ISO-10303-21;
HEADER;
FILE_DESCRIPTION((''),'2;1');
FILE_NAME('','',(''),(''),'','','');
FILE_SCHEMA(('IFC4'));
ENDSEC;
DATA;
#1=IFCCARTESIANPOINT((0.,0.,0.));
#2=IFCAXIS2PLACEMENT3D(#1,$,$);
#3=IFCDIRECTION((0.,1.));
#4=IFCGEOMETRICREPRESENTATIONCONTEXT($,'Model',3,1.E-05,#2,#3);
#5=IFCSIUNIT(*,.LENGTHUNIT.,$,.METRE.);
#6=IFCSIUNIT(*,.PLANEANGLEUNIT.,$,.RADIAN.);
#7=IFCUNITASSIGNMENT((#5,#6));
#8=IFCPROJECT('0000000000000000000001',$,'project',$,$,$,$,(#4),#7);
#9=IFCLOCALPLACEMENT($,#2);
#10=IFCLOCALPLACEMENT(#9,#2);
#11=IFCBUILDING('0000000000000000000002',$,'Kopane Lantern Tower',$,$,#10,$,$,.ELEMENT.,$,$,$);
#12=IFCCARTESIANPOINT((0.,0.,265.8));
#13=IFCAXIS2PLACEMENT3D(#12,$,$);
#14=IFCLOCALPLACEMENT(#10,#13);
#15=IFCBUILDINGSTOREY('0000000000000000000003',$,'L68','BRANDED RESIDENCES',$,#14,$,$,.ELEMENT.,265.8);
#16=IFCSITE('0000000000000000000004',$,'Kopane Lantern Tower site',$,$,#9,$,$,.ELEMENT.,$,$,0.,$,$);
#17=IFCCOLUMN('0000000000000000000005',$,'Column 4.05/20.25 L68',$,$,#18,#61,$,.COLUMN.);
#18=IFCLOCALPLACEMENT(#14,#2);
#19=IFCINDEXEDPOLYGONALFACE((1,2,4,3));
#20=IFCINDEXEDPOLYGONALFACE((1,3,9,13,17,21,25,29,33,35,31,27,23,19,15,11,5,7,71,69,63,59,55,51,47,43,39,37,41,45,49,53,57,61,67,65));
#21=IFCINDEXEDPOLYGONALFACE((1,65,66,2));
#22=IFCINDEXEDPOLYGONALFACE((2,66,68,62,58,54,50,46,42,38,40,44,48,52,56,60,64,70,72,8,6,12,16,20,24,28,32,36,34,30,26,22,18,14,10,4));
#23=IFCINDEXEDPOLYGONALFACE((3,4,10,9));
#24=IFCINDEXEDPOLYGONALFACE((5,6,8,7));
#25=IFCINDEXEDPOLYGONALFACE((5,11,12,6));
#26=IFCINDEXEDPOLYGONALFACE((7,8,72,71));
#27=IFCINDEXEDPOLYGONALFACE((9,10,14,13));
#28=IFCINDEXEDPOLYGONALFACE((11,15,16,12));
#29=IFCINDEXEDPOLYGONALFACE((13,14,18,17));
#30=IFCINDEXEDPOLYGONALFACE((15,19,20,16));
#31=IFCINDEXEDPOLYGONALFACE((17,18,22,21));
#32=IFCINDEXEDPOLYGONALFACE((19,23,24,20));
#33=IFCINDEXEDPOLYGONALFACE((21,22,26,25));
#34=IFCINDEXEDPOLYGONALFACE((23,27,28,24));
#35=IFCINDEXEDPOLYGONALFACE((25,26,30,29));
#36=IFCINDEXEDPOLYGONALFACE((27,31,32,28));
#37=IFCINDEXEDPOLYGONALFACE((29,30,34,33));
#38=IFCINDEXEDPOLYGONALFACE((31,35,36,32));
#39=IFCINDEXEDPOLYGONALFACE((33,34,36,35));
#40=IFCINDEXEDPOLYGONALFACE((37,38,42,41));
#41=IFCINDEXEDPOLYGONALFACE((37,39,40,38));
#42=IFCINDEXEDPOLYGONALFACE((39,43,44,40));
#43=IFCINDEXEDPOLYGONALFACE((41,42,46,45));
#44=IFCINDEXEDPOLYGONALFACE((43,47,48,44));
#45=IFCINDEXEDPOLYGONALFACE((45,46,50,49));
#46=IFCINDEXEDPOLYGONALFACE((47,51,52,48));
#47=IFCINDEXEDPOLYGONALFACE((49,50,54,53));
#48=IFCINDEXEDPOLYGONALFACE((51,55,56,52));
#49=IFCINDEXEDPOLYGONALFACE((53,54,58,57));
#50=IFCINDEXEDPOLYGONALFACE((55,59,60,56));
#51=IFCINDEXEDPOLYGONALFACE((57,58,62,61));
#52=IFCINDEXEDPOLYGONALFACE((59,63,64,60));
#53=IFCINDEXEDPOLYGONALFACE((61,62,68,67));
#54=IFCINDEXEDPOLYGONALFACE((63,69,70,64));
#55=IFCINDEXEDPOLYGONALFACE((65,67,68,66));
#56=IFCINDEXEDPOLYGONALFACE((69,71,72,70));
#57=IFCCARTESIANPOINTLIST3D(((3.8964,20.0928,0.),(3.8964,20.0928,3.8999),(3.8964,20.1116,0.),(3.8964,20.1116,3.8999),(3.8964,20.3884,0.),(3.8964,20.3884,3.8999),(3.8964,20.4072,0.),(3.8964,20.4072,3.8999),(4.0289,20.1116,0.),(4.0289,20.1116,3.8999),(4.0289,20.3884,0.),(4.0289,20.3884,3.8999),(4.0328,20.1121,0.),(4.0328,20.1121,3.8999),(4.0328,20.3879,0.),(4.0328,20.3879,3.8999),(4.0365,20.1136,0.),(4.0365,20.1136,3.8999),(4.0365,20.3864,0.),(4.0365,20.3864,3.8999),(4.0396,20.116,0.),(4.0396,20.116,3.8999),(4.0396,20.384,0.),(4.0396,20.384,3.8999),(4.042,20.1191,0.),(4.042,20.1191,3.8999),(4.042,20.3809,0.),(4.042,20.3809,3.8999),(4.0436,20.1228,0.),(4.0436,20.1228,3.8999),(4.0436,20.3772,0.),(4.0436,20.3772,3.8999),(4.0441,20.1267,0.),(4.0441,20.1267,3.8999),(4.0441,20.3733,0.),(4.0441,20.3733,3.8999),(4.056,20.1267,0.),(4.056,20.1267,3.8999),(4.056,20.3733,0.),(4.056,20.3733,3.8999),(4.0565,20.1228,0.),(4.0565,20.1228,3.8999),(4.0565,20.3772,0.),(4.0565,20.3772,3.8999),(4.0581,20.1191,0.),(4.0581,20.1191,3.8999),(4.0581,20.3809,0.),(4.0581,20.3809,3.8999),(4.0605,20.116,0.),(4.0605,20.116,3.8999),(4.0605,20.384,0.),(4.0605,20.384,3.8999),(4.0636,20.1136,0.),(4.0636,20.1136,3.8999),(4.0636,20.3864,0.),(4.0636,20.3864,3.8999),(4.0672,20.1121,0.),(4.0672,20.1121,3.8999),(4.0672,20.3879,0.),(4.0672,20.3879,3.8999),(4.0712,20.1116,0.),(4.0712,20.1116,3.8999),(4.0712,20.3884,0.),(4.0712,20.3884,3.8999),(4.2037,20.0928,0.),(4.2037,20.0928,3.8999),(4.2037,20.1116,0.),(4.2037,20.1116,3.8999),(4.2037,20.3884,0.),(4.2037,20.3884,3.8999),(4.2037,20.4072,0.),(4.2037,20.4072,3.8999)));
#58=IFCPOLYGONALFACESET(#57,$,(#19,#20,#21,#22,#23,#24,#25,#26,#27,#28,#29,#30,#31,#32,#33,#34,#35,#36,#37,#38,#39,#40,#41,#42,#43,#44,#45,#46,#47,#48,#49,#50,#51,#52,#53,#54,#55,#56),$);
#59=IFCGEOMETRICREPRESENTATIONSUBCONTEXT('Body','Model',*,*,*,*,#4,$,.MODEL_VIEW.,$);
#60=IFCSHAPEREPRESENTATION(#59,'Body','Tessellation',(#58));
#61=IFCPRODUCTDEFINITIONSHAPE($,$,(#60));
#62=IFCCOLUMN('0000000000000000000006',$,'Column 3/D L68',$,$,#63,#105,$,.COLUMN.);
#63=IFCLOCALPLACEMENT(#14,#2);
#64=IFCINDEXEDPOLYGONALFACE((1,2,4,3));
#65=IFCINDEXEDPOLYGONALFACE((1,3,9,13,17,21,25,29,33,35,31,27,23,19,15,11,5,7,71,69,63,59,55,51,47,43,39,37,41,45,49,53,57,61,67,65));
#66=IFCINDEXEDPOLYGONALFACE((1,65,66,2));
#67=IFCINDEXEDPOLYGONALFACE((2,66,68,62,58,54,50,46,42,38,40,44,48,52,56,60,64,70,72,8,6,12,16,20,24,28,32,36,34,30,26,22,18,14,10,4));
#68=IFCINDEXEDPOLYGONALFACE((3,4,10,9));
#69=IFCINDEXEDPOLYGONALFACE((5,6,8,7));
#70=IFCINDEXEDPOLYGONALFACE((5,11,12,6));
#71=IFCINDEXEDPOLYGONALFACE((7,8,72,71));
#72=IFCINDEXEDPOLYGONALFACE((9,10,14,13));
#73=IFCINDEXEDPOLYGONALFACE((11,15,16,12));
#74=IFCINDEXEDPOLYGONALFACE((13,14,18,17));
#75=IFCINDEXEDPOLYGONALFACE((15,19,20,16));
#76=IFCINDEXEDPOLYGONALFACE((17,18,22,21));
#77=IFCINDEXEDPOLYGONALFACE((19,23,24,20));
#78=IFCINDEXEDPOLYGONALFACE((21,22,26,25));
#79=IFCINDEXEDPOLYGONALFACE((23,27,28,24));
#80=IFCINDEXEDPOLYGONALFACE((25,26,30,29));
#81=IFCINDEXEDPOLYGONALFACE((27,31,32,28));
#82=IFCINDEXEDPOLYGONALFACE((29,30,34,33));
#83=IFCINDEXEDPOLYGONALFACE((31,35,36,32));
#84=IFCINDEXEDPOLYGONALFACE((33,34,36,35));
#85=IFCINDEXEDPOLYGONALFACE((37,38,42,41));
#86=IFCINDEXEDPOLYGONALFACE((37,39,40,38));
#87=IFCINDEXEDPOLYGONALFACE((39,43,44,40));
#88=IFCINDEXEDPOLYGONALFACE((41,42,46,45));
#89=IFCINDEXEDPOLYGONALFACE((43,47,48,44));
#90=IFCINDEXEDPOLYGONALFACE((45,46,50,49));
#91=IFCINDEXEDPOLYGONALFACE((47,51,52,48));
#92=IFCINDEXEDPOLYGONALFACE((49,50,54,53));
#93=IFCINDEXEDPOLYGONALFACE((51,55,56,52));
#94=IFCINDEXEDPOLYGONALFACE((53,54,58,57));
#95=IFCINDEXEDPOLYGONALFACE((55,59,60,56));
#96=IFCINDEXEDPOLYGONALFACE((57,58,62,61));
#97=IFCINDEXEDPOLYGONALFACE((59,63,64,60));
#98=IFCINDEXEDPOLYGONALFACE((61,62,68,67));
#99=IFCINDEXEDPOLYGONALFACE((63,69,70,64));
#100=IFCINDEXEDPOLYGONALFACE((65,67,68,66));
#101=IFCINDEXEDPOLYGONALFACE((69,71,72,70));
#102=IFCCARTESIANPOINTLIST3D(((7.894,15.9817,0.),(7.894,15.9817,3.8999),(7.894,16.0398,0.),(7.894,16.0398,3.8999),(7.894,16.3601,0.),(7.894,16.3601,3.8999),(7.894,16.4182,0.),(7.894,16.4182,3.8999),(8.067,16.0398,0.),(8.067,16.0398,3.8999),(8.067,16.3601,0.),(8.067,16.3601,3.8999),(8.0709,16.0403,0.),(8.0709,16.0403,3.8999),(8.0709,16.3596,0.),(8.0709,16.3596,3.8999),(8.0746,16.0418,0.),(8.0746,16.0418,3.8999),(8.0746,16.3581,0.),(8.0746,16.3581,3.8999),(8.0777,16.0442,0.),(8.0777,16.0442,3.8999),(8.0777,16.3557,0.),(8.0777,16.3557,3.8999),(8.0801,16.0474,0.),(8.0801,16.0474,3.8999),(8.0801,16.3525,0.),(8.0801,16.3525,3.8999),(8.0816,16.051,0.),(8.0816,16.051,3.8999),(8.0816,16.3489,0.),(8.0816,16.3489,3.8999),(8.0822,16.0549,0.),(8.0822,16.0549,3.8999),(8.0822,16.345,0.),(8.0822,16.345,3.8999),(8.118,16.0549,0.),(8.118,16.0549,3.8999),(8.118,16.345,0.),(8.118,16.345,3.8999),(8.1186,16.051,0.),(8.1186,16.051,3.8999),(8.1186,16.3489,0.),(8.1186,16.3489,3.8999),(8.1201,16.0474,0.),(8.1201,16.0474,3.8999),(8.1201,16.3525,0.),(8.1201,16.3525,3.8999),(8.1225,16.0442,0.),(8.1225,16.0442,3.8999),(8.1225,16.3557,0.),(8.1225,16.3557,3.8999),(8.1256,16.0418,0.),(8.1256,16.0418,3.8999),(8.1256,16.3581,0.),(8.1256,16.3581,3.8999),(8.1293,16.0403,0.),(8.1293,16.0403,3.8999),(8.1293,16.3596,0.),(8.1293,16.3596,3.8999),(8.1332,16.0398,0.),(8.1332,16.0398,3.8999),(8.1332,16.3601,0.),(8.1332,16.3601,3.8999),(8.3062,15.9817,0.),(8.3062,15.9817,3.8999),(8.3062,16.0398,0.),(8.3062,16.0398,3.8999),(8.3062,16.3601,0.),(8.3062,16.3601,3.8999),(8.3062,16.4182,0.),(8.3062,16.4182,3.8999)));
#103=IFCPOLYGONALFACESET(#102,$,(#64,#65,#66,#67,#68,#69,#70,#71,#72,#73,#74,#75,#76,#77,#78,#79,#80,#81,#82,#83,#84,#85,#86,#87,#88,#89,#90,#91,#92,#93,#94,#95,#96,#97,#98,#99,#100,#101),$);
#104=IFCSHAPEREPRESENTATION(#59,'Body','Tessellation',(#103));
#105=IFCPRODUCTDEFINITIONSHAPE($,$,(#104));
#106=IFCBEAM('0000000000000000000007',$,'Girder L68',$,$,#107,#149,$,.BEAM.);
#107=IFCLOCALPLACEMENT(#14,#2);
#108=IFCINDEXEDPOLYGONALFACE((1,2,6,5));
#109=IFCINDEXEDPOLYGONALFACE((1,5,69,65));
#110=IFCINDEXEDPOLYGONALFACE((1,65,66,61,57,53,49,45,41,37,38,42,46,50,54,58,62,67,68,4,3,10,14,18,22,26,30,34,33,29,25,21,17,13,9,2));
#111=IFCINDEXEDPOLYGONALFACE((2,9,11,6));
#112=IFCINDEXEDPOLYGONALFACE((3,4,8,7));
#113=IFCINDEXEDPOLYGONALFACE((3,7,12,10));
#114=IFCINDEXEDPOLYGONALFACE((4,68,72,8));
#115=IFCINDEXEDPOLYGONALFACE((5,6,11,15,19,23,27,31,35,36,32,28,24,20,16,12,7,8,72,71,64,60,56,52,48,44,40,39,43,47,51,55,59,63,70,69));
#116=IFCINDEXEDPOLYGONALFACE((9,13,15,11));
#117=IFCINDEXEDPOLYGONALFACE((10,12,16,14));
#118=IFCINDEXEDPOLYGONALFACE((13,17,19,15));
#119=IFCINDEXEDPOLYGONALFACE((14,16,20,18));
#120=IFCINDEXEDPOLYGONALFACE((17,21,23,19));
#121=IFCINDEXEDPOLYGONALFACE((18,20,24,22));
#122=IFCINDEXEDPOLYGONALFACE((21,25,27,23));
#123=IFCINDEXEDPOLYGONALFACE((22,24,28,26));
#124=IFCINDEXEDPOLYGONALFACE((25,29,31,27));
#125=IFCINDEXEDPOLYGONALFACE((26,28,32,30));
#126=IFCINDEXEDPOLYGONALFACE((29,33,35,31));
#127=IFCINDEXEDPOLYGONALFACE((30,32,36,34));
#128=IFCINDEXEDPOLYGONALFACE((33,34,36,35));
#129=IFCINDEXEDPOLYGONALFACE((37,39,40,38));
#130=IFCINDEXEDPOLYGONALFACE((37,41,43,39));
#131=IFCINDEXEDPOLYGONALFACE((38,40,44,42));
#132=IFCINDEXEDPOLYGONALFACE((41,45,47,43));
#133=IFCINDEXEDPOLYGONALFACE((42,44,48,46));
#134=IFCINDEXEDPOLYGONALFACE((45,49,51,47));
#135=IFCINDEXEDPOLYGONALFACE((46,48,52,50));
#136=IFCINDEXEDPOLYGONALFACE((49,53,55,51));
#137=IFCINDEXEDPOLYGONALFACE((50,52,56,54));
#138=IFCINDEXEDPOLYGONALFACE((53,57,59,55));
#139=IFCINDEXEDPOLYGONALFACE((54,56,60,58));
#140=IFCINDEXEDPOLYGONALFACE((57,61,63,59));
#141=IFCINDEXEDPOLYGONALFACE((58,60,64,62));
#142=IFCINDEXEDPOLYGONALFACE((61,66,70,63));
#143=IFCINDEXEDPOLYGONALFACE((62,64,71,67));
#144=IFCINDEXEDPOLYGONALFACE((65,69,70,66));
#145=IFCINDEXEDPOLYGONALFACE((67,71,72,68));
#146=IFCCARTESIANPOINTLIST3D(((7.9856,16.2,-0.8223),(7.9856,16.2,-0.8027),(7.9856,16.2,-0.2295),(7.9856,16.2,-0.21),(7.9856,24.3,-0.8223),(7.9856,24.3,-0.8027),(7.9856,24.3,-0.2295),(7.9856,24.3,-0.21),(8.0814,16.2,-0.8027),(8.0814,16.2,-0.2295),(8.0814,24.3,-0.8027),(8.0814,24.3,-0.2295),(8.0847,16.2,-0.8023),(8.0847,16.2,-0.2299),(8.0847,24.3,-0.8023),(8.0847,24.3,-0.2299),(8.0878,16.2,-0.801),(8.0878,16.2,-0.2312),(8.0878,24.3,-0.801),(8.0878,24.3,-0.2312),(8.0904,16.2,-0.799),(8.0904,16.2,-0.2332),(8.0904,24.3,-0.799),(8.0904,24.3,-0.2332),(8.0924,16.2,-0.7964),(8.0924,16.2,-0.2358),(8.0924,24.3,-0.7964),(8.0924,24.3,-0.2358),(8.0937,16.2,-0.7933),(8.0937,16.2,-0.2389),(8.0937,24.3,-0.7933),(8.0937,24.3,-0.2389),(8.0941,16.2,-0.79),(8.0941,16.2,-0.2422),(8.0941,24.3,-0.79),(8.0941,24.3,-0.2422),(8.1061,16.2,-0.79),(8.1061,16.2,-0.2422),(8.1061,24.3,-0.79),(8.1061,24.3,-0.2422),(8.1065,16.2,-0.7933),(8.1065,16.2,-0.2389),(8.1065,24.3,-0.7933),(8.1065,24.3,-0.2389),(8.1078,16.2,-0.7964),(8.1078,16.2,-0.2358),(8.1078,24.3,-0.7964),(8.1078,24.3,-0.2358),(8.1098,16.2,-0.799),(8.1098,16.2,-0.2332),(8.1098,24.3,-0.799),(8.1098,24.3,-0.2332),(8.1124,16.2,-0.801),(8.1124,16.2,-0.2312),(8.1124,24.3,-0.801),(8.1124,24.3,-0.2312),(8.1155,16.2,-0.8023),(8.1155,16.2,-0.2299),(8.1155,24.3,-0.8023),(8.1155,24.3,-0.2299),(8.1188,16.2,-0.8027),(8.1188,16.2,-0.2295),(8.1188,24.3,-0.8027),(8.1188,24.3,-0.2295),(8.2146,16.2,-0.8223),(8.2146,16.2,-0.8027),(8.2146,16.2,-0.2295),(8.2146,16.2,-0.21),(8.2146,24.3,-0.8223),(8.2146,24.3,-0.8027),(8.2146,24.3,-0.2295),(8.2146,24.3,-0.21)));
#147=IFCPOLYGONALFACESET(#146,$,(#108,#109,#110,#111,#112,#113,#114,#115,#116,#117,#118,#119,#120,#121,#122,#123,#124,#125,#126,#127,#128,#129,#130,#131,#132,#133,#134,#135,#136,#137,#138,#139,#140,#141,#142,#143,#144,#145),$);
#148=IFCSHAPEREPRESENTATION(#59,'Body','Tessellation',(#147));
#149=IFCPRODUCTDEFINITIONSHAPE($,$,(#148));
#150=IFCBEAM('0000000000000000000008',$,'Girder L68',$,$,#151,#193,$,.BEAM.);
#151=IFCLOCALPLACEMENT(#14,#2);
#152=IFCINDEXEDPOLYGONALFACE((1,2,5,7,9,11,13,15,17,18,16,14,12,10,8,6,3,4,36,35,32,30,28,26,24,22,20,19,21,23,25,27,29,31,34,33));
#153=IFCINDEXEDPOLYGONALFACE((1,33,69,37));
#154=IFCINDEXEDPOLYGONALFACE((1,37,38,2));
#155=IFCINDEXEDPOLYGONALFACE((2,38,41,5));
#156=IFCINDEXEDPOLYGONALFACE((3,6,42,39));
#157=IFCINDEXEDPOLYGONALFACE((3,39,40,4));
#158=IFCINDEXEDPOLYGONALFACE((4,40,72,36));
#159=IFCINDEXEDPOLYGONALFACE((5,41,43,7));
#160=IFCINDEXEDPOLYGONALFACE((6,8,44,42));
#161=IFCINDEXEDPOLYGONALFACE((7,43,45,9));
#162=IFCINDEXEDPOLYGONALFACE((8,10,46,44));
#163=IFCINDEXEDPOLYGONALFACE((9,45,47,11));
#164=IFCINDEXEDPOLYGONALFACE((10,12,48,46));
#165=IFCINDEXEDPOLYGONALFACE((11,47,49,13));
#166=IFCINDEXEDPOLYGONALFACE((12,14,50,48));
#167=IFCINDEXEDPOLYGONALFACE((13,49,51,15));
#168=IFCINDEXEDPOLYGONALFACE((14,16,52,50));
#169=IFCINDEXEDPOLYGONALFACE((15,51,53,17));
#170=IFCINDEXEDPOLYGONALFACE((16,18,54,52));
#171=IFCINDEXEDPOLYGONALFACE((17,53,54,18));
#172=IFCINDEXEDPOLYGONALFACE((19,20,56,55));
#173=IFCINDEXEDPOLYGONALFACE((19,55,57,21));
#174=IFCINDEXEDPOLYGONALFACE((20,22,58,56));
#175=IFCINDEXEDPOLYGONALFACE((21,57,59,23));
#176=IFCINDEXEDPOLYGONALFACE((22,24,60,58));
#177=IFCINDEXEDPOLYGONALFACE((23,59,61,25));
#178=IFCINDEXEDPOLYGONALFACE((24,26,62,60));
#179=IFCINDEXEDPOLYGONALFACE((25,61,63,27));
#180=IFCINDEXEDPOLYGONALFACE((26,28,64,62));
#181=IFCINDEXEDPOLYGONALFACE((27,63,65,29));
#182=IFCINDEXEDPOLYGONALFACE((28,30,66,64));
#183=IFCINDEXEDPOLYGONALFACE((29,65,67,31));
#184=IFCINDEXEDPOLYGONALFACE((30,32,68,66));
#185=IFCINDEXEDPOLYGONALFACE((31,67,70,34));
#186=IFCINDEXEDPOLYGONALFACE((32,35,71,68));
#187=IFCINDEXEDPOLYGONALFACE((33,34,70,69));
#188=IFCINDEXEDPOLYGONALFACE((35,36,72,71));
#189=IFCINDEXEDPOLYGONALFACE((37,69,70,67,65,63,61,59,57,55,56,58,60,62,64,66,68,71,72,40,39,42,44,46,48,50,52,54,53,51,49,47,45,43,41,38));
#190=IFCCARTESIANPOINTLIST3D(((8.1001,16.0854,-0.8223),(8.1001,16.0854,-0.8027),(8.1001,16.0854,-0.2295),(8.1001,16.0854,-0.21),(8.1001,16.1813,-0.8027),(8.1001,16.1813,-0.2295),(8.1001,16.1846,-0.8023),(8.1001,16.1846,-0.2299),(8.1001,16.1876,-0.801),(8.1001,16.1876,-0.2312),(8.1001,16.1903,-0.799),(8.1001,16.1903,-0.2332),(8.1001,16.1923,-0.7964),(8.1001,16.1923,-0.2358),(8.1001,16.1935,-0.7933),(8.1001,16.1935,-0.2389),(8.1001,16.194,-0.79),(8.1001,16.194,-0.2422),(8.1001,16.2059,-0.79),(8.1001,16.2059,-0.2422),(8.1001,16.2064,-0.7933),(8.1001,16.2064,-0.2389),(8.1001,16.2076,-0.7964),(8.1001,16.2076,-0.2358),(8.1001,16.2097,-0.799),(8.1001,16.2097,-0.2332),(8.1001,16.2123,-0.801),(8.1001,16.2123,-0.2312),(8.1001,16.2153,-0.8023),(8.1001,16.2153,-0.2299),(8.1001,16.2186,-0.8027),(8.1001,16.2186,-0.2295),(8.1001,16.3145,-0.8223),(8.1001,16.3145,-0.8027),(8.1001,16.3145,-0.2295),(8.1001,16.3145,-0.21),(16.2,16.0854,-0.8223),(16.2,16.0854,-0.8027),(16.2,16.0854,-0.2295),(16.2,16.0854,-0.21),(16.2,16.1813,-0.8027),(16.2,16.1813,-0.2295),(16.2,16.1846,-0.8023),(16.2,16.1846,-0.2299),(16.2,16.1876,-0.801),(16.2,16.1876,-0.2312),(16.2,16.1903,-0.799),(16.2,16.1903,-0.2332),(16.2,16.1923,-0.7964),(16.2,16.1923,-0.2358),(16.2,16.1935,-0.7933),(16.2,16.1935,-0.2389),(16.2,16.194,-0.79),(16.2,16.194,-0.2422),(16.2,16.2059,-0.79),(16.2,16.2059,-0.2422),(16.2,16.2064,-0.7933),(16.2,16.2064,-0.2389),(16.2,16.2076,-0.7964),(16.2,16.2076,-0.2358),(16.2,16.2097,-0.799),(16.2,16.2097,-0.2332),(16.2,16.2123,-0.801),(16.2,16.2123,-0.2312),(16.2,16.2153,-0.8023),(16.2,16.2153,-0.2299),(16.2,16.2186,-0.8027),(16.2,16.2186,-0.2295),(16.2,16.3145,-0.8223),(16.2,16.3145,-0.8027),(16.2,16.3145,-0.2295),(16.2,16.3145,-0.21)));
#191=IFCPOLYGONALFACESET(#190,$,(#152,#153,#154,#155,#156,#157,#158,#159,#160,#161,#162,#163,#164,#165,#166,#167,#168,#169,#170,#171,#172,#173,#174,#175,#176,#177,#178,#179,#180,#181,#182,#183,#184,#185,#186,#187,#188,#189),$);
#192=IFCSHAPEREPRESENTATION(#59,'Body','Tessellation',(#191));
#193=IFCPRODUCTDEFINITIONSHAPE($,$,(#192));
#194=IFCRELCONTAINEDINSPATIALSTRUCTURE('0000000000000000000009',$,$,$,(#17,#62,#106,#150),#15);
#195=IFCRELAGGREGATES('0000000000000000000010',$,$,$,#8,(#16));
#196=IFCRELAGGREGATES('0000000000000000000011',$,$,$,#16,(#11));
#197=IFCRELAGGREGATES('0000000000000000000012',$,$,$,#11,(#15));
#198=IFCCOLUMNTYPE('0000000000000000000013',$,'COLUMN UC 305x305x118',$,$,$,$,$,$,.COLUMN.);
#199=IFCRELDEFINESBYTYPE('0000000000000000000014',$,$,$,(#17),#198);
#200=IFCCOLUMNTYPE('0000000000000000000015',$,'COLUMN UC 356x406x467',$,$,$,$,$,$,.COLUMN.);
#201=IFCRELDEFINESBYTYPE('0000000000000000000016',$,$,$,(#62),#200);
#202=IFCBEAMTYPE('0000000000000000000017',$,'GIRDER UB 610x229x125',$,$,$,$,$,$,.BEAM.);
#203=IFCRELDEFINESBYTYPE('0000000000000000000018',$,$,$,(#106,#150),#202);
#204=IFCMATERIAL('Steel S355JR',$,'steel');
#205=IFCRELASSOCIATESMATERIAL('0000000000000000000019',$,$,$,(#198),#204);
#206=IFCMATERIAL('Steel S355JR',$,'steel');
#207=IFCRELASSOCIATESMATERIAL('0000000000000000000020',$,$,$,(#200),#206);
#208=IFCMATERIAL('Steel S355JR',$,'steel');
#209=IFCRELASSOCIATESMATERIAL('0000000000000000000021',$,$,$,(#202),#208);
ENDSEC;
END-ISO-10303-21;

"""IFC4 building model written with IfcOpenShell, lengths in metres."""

from ifc_helpers import new_model, si_unit, direction, frame, origin, origin_2d, place, context, subcontext, project, spatial, i_section, extrude, material, material_profile, profile_set, type_object, element, save


model = new_model("IFC4")

# Units and contexts
model_context = context("Model", 3, precision=1e-05, world=origin(), true_north=direction((0.0, 1.0)))
body_context = subcontext(model_context, "Body", "Model", "MODEL_VIEW")
ifc_project = project(units=[si_unit("LENGTHUNIT", "METRE"), si_unit("PLANEANGLEUNIT", "RADIAN")], contexts=[model_context])

# Site, building, storey
site_placement = place(None, origin())
site = spatial("IfcSite", under=ifc_project, at=site_placement, Name="Kopane Lantern Tower site", CompositionType="ELEMENT", RefElevation=0.0)
building_placement = place(site_placement, origin())
building = spatial("IfcBuilding", under=site, at=building_placement, Name="Kopane Lantern Tower", CompositionType="ELEMENT")
storey_placement = place(building_placement, frame((0.0, 0.0, 265.8)))
storey = spatial("IfcBuildingStorey", under=building, at=storey_placement, Name="L68", Description="BRANDED RESIDENCES", CompositionType="ELEMENT", Elevation=265.8)

# Columns
ifc_material_1 = material(Name="Steel S355JR", Category="steel")
ifc_material_profile_1 = material_profile(ifc_material_1, i_section(OverallWidth=0.3074, OverallDepth=0.3145, WebThickness=0.012, FlangeThickness=0.0188, FilletRadius=0.0151, at=origin_2d()), Name="UC 305x305x118")
ifc_profile_set_1 = profile_set([ifc_material_profile_1], Name="Steel S355JR")
column_type_1 = type_object("IfcColumnType", Name="COLUMN UC 305x305x118", PredefinedType="COLUMN", material=ifc_profile_set_1)
column_1_placement = place(storey_placement, frame((4.05, 20.25, 0.0), z_axis=(0.0, 0.0, 1.0), x_axis=(1.0, 0.0, 0.0)))
element("IfcColumn", 1, at=column_1_placement, inside=storey, type_object=column_type_1, Name="Column 4.05/20.25 L68", PredefinedType="COLUMN", context=body_context, shape_type="SweptSolid", body=[
    extrude(i_section(OverallWidth=0.3074, OverallDepth=0.3145, WebThickness=0.012, FlangeThickness=0.0188, FilletRadius=0.0151, at=origin_2d()), origin(), (0.0, 0.0, 1.0), 3.8999),
])
ifc_material_2 = material(Name="Steel S355JR", Category="steel")
ifc_material_profile_2 = material_profile(ifc_material_2, i_section(OverallWidth=0.4121, OverallDepth=0.4365, WebThickness=0.0359, FlangeThickness=0.0581, FilletRadius=0.0151, at=origin_2d()), Name="UC 356x406x467")
ifc_profile_set_2 = profile_set([ifc_material_profile_2], Name="Steel S355JR")
column_type_2 = type_object("IfcColumnType", Name="COLUMN UC 356x406x467", PredefinedType="COLUMN", material=ifc_profile_set_2)
column_2_placement = place(storey_placement, frame((8.1001, 16.2, 0.0), z_axis=(0.0, 0.0, 1.0), x_axis=(1.0, 0.0, 0.0)))
element("IfcColumn", 2, at=column_2_placement, inside=storey, type_object=column_type_2, Name="Column 3/D L68", PredefinedType="COLUMN", context=body_context, shape_type="SweptSolid", body=[
    extrude(i_section(OverallWidth=0.4121, OverallDepth=0.4365, WebThickness=0.0359, FlangeThickness=0.0581, FilletRadius=0.0151, at=origin_2d()), origin(), (0.0, 0.0, 1.0), 3.8999),
])

# Beams
ifc_material_3 = material(Name="Steel S355JR", Category="steel")
ifc_material_profile_3 = material_profile(ifc_material_3, i_section(OverallWidth=0.229, OverallDepth=0.6123, WebThickness=0.012, FlangeThickness=0.0195, FilletRadius=0.0127, at=origin_2d()), Name="UB 610x229x125")
ifc_profile_set_3 = profile_set([ifc_material_profile_3], Name="Steel S355JR")
beam_type = type_object("IfcBeamType", Name="GIRDER UB 610x229x125", PredefinedType="BEAM", material=ifc_profile_set_3)
beam_1_placement = place(storey_placement, frame((8.1001, 16.2, -0.5161), z_axis=(0.0, 1.0, 0.0), x_axis=(-1.0, 0.0, 0.0)))
element("IfcBeam", 3, at=beam_1_placement, inside=storey, type_object=beam_type, Name="Girder L68", PredefinedType="BEAM", context=body_context, shape_type="SweptSolid", body=[
    extrude(i_section(OverallWidth=0.229, OverallDepth=0.6123, WebThickness=0.012, FlangeThickness=0.0195, FilletRadius=0.0127, at=origin_2d()), origin(), (0.0, 0.0, 1.0), 8.1001),
])
beam_2_placement = place(storey_placement, frame((8.1001, 16.2, -0.5161), z_axis=(1.0, 0.0, 0.0), x_axis=(0.0, 1.0, 0.0)))
element("IfcBeam", 4, at=beam_2_placement, inside=storey, type_object=beam_type, Name="Girder L68", PredefinedType="BEAM", context=body_context, shape_type="SweptSolid", body=[
    extrude(i_section(OverallWidth=0.229, OverallDepth=0.6123, WebThickness=0.012, FlangeThickness=0.0195, FilletRadius=0.0127, at=origin_2d()), origin(), (0.0, 0.0, 1.0), 8.0999),
])

save(model, "model.ifc")
